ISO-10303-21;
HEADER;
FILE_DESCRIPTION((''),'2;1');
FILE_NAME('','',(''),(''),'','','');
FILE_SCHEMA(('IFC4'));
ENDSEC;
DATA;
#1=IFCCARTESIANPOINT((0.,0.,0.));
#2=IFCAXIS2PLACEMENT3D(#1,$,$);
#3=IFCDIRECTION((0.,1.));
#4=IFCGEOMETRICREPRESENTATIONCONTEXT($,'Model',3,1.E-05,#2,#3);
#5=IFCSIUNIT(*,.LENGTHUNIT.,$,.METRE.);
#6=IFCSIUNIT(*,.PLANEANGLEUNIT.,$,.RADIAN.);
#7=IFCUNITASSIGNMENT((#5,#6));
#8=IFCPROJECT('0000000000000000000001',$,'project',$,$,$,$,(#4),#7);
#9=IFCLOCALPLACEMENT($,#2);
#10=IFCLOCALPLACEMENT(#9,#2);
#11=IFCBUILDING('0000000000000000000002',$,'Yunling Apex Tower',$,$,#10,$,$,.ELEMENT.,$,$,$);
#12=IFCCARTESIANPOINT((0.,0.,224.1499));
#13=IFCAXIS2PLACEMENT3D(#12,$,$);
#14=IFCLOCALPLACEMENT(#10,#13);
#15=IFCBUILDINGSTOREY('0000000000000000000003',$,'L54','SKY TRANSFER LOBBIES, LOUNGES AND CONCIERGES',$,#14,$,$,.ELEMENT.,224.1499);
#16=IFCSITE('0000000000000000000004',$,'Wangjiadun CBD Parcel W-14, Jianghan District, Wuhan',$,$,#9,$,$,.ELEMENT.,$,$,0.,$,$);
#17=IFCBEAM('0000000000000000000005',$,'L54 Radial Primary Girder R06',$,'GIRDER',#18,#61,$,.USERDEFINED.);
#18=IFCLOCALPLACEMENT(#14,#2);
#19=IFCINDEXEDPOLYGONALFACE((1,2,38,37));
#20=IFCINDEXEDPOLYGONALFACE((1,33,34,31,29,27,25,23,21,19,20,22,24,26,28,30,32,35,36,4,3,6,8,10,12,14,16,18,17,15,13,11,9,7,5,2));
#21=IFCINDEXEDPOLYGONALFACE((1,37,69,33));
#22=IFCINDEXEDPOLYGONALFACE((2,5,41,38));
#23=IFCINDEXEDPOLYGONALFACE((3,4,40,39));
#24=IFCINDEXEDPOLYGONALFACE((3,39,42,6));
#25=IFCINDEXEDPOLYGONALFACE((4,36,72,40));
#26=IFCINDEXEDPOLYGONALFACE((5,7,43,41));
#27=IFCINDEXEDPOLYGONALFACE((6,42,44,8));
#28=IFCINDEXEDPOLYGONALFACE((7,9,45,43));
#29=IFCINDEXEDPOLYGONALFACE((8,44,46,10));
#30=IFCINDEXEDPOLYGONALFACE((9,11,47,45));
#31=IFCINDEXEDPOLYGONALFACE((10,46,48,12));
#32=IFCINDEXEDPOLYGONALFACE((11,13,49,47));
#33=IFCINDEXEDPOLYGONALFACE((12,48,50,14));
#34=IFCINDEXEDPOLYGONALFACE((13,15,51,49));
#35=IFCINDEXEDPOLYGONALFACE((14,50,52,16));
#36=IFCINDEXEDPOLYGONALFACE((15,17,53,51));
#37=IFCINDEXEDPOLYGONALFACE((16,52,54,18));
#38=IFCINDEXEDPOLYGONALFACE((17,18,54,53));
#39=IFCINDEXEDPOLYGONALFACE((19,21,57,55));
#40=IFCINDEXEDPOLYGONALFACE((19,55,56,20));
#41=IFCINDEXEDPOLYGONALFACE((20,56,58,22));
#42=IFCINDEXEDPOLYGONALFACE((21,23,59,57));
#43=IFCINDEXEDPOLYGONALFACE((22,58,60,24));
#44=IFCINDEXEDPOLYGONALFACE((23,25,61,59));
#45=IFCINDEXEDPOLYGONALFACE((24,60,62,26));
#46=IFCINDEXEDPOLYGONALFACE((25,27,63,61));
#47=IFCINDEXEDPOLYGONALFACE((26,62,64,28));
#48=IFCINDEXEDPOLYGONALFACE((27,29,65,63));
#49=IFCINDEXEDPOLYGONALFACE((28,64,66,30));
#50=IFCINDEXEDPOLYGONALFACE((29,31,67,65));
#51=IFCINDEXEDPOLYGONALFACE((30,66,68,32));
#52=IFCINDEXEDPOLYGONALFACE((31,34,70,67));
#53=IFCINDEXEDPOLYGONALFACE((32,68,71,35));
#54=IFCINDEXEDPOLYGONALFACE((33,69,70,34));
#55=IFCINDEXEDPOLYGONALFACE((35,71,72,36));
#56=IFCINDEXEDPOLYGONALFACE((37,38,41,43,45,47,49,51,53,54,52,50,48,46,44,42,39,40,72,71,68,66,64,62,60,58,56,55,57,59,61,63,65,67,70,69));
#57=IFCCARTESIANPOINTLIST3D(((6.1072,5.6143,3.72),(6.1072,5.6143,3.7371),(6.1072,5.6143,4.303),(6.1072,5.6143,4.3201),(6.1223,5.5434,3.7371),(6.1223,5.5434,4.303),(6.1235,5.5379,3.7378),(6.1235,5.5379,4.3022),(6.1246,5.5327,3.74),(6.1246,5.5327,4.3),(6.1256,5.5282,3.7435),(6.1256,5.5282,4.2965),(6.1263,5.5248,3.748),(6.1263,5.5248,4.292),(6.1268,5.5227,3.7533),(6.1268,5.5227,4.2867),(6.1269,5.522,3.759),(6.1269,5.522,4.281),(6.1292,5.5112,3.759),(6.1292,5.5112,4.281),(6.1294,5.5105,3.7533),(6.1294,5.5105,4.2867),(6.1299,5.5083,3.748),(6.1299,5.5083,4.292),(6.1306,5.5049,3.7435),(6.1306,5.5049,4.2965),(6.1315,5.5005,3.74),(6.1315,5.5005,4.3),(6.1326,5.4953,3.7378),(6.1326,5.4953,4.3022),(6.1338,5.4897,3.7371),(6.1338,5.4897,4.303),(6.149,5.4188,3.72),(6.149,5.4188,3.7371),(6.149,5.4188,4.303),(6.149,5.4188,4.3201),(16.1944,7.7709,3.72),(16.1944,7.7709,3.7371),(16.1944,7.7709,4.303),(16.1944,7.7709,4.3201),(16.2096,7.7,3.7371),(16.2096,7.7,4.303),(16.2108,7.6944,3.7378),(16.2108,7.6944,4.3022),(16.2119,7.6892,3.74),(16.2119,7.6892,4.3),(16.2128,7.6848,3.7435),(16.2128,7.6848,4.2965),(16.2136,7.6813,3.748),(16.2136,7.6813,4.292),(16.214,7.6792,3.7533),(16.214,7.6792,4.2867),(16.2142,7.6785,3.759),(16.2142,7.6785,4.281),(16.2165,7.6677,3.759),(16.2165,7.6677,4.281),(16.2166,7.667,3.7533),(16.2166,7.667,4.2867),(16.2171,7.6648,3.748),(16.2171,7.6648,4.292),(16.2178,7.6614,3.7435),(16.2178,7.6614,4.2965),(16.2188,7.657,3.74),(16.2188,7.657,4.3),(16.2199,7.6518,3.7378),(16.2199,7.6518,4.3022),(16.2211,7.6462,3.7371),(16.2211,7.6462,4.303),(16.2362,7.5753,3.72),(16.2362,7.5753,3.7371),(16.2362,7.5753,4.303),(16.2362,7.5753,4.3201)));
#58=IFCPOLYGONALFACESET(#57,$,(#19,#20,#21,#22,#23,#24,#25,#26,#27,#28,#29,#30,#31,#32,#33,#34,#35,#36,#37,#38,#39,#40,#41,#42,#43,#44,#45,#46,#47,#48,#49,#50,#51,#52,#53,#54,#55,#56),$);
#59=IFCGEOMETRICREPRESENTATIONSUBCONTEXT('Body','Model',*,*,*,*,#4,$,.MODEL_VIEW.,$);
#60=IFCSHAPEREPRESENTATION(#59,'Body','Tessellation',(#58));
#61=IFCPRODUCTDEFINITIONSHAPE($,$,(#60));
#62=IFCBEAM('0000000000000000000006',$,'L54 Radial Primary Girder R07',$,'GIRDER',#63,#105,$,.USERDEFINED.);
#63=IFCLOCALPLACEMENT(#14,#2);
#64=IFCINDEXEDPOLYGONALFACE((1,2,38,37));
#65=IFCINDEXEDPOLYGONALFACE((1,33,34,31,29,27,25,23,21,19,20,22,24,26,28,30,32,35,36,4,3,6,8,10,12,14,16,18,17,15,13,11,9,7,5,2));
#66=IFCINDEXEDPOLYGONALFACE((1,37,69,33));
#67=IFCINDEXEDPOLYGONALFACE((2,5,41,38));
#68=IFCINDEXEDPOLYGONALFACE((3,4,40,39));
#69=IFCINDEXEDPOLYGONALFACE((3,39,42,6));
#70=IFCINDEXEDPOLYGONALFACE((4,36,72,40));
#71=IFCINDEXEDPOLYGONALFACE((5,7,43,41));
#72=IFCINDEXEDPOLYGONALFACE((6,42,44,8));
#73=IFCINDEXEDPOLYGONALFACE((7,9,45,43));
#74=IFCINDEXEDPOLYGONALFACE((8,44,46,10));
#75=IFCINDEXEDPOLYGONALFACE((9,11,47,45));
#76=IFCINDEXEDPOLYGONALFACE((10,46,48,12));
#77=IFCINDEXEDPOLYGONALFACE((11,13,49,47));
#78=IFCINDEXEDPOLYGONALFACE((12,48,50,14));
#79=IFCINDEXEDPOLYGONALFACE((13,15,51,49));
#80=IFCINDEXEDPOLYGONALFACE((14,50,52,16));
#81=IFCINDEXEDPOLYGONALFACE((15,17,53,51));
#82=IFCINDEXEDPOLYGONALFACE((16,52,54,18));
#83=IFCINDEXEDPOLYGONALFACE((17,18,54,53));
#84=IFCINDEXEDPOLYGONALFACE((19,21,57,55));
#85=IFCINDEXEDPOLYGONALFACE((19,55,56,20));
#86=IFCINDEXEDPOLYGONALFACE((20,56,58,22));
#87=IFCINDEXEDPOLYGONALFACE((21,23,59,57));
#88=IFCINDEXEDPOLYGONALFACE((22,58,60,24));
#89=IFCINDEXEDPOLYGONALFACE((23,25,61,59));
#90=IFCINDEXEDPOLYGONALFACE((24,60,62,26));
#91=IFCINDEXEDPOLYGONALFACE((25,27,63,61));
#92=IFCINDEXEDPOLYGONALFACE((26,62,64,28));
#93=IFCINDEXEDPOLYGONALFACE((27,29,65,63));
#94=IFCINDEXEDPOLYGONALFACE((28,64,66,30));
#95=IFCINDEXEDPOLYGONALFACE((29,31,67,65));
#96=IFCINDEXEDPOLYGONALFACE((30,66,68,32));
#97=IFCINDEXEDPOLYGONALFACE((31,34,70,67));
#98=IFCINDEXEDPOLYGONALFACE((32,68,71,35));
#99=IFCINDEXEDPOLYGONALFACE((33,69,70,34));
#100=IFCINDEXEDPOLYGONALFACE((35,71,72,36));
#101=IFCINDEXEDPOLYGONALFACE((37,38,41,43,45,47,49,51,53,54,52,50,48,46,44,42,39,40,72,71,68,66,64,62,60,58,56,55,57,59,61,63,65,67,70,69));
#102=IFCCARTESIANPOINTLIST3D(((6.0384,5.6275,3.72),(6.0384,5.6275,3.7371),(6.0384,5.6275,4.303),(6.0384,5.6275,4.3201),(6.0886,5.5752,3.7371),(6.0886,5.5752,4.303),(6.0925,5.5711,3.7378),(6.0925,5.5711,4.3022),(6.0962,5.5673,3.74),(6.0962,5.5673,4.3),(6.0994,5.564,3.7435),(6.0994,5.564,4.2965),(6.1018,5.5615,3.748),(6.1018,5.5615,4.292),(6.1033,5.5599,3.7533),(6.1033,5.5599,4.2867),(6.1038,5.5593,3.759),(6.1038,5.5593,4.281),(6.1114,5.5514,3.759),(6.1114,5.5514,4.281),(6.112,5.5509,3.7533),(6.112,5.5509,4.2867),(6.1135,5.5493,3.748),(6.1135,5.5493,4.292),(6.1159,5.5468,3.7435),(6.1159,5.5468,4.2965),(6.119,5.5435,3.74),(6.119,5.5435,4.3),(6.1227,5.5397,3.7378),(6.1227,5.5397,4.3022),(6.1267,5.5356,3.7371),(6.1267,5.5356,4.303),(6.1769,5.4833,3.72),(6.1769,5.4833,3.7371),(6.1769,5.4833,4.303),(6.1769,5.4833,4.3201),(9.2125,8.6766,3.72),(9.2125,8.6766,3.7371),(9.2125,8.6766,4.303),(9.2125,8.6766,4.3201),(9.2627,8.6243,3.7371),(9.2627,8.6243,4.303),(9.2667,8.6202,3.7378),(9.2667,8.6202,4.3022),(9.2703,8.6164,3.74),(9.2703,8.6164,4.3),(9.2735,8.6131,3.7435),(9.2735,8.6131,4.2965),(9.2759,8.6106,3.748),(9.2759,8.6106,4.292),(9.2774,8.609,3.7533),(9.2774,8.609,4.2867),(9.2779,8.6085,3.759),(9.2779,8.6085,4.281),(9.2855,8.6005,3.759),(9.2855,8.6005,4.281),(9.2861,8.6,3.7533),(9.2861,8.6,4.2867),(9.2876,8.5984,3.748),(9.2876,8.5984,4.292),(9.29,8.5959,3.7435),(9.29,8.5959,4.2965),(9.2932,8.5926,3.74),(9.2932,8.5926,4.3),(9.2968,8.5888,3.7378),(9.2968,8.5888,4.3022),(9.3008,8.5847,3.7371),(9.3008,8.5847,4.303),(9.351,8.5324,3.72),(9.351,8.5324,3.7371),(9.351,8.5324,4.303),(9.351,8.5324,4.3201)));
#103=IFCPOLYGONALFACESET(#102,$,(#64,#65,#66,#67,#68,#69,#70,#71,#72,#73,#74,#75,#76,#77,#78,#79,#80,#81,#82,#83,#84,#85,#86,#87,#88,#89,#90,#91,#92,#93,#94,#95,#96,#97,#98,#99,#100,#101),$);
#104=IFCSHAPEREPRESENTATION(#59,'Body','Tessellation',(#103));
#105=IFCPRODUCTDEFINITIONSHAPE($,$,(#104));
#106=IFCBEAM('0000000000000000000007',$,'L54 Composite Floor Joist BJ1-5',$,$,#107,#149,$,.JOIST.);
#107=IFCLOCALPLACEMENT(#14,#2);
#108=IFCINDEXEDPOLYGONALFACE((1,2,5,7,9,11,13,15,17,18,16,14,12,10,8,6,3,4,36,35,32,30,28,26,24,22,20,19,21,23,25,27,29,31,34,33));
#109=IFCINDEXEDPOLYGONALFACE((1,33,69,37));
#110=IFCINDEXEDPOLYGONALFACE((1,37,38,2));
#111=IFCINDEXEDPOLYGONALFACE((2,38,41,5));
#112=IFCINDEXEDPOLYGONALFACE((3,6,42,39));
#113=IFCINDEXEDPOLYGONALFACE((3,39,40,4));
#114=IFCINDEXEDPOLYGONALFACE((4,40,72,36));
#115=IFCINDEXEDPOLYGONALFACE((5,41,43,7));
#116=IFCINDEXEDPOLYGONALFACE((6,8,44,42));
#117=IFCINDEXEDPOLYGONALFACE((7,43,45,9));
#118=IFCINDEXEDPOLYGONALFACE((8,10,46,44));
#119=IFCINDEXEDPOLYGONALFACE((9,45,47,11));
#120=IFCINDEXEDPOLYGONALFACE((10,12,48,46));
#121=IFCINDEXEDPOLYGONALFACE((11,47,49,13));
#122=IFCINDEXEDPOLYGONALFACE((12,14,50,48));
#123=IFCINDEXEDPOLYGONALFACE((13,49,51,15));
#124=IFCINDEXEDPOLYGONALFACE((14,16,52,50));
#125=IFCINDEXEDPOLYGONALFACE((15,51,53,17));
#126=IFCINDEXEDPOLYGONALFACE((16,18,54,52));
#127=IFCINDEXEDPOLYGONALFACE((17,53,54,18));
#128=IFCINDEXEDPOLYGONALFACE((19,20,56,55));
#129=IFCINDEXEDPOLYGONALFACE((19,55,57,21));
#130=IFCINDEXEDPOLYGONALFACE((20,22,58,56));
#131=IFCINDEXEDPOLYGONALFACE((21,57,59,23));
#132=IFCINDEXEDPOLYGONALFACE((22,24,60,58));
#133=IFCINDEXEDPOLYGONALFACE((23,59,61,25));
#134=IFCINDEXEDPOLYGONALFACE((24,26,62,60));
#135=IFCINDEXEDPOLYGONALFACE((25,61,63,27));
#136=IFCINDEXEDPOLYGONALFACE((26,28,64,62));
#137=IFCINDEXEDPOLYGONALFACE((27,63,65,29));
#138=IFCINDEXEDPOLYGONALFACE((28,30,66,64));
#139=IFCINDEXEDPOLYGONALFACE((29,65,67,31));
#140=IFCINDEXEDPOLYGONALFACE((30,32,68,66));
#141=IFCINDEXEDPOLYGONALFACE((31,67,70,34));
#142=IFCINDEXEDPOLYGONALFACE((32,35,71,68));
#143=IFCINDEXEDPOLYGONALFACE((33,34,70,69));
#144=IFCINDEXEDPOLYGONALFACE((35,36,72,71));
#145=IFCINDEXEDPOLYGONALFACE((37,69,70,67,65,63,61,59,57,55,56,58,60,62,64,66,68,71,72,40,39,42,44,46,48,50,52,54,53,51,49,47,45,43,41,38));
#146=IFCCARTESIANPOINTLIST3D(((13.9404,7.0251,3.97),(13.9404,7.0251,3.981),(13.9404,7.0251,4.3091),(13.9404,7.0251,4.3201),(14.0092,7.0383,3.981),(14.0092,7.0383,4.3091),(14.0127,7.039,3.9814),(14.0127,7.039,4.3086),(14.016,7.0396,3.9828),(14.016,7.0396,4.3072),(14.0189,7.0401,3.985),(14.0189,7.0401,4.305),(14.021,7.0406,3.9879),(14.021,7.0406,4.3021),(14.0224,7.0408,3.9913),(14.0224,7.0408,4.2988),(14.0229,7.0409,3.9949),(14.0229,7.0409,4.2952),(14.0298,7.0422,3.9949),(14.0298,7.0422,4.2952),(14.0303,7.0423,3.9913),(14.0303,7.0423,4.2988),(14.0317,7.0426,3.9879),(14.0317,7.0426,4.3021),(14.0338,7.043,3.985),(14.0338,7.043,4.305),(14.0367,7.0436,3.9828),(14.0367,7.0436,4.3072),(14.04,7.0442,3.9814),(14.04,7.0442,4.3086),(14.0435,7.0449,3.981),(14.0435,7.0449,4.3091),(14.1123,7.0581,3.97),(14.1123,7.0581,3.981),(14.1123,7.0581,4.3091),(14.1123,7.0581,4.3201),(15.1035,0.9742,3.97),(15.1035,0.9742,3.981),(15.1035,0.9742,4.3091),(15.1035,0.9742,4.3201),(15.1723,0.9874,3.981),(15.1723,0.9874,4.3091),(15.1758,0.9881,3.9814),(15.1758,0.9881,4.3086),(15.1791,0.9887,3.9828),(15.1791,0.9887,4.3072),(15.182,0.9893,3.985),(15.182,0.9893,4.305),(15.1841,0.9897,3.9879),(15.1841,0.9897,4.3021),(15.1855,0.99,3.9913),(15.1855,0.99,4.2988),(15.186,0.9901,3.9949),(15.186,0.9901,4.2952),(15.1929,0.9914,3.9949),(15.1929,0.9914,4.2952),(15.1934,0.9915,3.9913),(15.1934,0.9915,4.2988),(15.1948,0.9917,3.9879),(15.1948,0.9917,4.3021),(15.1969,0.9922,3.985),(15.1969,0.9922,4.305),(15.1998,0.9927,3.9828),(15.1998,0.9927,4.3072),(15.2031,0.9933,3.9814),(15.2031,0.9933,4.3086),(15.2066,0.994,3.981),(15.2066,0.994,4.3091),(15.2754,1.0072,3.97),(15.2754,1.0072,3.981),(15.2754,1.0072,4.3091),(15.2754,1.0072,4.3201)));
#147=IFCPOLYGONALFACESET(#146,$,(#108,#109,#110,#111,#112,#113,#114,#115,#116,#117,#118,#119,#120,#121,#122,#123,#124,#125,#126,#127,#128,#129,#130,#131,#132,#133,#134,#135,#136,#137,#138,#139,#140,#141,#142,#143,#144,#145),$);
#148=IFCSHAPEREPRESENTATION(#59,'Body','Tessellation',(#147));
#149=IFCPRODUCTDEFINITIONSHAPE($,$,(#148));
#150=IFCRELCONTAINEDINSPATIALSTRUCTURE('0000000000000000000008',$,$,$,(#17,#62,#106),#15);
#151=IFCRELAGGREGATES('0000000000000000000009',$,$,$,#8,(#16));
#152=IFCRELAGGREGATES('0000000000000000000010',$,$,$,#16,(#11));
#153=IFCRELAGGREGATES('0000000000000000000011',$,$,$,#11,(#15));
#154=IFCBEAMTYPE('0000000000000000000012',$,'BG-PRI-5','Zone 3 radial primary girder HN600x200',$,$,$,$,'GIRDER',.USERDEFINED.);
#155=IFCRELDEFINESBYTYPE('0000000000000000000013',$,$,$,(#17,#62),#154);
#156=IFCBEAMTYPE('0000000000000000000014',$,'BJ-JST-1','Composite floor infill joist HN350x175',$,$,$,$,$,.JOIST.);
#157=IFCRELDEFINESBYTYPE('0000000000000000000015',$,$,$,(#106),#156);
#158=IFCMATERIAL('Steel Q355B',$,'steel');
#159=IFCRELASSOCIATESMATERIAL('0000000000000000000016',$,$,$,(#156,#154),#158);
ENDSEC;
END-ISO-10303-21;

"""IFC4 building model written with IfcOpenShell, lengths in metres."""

from ifc_helpers import new_model, si_unit, direction, frame, origin, origin_2d, place, context, subcontext, project, spatial, i_section, extrude, source, transform, mapped, material, material_profile, profile_set, type_object, element, save


model = new_model("IFC4")

# Units and contexts
model_context = context("Model", 3, precision=1e-05, world=origin(), true_north=direction((0.0, 1.0)))
body_context = subcontext(model_context, "Body", "Model", "MODEL_VIEW")
ifc_project = project(units=[si_unit("LENGTHUNIT", "METRE"), si_unit("PLANEANGLEUNIT", "RADIAN")], contexts=[model_context])

# Site, building, storey
site_placement = place(None, origin())
site = spatial("IfcSite", under=ifc_project, at=site_placement, Name="Wangjiadun CBD Parcel W-14, Jianghan District, Wuhan", CompositionType="ELEMENT", RefElevation=0.0)
building_placement = place(site_placement, origin())
building = spatial("IfcBuilding", under=site, at=building_placement, Name="Yunling Apex Tower", CompositionType="ELEMENT")
storey_placement = place(building_placement, frame((0.0, 0.0, 224.1499)))
storey = spatial("IfcBuildingStorey", under=building, at=storey_placement, Name="L54", Description="SKY TRANSFER LOBBIES, LOUNGES AND CONCIERGES", CompositionType="ELEMENT", Elevation=224.1499)

# Beams
ifc_material_1 = material(Name="Steel Q355B", Category="steel")
ifc_material_profile_1 = material_profile(ifc_material_1, i_section(OverallWidth=0.175, OverallDepth=0.3501, WebThickness=0.0071, FlangeThickness=0.011, FilletRadius=0.0139, at=origin_2d()))
ifc_profile_set_1 = profile_set([ifc_material_profile_1], Name="Steel Q355B")
beam_type_1 = type_object("IfcBeamType", Name="BJ-JST-1", Description="Composite floor infill joist HN350x175", PredefinedType="JOIST", material=ifc_profile_set_1)
ifc_material_profile_2 = material_profile(ifc_material_1, i_section(OverallWidth=0.2, OverallDepth=0.6001, WebThickness=0.011, FlangeThickness=0.0171, FilletRadius=0.022, at=origin_2d()))
ifc_profile_set_2 = profile_set([ifc_material_profile_2], Name="Steel Q355B")
beam_type_2 = type_object("IfcBeamType", Name="BG-PRI-5", Description="Zone 3 radial primary girder HN600x200", ElementType="GIRDER", PredefinedType="USERDEFINED", material=ifc_profile_set_2)
shared_shape_1 = source(origin(), body_context, "Body", "SweptSolid", [
    extrude(i_section(OverallWidth=0.2, OverallDepth=0.6001, WebThickness=0.011, FlangeThickness=0.0171, FilletRadius=0.022, at=origin_2d()), origin(), (0.0, 0.0, 1.0), 10.3152),
])
beam_1_placement = place(storey_placement, frame((16.2153, 7.6731, 4.02), z_axis=(-0.977902, -0.209062, 0.0), x_axis=(0.209062, -0.977902, 0.0)))
element("IfcBeam", 1, at=beam_1_placement, inside=storey, type_object=beam_type_2, Name="L54 Radial Primary Girder R06", ObjectType="GIRDER", PredefinedType="USERDEFINED", context=body_context, shape_type="MappedRepresentation", body=[
    mapped(shared_shape_1, transform((0.0, 0.0, 0.0), scale=1.0)),
])
shared_shape_2 = source(origin(), body_context, "Body", "SweptSolid", [
    extrude(i_section(OverallWidth=0.2, OverallDepth=0.6001, WebThickness=0.011, FlangeThickness=0.0171, FilletRadius=0.022, at=origin_2d()), origin(), (0.0, 0.0, 1.0), 4.4014),
])
beam_2_placement = place(storey_placement, frame((9.2817, 8.6045, 4.02), z_axis=(-0.721164, -0.692764, 0.0), x_axis=(0.692764, -0.721164, 0.0)))
element("IfcBeam", 2, at=beam_2_placement, inside=storey, type_object=beam_type_2, Name="L54 Radial Primary Girder R07", ObjectType="GIRDER", PredefinedType="USERDEFINED", context=body_context, shape_type="MappedRepresentation", body=[
    mapped(shared_shape_2, transform((0.0, 0.0, 0.0), scale=1.0)),
])
shared_shape_3 = source(origin(), body_context, "Body", "SweptSolid", [
    extrude(i_section(OverallWidth=0.175, OverallDepth=0.3501, WebThickness=0.0071, FlangeThickness=0.011, FilletRadius=0.0139, at=origin_2d()), origin(), (0.0, 0.0, 1.0), 6.1616),
])
beam_3_placement = place(storey_placement, frame((15.1895, 0.9907, 4.145), z_axis=(-0.188765, 0.982022, 0.0), x_axis=(-0.982022, -0.188765, 0.0)))
element("IfcBeam", 3, at=beam_3_placement, inside=storey, type_object=beam_type_1, Name="L54 Composite Floor Joist BJ1-5", PredefinedType="JOIST", context=body_context, shape_type="MappedRepresentation", body=[
    mapped(shared_shape_3, transform((0.0, 0.0, 0.0), scale=1.0)),
])

save(model, "model.ifc")
